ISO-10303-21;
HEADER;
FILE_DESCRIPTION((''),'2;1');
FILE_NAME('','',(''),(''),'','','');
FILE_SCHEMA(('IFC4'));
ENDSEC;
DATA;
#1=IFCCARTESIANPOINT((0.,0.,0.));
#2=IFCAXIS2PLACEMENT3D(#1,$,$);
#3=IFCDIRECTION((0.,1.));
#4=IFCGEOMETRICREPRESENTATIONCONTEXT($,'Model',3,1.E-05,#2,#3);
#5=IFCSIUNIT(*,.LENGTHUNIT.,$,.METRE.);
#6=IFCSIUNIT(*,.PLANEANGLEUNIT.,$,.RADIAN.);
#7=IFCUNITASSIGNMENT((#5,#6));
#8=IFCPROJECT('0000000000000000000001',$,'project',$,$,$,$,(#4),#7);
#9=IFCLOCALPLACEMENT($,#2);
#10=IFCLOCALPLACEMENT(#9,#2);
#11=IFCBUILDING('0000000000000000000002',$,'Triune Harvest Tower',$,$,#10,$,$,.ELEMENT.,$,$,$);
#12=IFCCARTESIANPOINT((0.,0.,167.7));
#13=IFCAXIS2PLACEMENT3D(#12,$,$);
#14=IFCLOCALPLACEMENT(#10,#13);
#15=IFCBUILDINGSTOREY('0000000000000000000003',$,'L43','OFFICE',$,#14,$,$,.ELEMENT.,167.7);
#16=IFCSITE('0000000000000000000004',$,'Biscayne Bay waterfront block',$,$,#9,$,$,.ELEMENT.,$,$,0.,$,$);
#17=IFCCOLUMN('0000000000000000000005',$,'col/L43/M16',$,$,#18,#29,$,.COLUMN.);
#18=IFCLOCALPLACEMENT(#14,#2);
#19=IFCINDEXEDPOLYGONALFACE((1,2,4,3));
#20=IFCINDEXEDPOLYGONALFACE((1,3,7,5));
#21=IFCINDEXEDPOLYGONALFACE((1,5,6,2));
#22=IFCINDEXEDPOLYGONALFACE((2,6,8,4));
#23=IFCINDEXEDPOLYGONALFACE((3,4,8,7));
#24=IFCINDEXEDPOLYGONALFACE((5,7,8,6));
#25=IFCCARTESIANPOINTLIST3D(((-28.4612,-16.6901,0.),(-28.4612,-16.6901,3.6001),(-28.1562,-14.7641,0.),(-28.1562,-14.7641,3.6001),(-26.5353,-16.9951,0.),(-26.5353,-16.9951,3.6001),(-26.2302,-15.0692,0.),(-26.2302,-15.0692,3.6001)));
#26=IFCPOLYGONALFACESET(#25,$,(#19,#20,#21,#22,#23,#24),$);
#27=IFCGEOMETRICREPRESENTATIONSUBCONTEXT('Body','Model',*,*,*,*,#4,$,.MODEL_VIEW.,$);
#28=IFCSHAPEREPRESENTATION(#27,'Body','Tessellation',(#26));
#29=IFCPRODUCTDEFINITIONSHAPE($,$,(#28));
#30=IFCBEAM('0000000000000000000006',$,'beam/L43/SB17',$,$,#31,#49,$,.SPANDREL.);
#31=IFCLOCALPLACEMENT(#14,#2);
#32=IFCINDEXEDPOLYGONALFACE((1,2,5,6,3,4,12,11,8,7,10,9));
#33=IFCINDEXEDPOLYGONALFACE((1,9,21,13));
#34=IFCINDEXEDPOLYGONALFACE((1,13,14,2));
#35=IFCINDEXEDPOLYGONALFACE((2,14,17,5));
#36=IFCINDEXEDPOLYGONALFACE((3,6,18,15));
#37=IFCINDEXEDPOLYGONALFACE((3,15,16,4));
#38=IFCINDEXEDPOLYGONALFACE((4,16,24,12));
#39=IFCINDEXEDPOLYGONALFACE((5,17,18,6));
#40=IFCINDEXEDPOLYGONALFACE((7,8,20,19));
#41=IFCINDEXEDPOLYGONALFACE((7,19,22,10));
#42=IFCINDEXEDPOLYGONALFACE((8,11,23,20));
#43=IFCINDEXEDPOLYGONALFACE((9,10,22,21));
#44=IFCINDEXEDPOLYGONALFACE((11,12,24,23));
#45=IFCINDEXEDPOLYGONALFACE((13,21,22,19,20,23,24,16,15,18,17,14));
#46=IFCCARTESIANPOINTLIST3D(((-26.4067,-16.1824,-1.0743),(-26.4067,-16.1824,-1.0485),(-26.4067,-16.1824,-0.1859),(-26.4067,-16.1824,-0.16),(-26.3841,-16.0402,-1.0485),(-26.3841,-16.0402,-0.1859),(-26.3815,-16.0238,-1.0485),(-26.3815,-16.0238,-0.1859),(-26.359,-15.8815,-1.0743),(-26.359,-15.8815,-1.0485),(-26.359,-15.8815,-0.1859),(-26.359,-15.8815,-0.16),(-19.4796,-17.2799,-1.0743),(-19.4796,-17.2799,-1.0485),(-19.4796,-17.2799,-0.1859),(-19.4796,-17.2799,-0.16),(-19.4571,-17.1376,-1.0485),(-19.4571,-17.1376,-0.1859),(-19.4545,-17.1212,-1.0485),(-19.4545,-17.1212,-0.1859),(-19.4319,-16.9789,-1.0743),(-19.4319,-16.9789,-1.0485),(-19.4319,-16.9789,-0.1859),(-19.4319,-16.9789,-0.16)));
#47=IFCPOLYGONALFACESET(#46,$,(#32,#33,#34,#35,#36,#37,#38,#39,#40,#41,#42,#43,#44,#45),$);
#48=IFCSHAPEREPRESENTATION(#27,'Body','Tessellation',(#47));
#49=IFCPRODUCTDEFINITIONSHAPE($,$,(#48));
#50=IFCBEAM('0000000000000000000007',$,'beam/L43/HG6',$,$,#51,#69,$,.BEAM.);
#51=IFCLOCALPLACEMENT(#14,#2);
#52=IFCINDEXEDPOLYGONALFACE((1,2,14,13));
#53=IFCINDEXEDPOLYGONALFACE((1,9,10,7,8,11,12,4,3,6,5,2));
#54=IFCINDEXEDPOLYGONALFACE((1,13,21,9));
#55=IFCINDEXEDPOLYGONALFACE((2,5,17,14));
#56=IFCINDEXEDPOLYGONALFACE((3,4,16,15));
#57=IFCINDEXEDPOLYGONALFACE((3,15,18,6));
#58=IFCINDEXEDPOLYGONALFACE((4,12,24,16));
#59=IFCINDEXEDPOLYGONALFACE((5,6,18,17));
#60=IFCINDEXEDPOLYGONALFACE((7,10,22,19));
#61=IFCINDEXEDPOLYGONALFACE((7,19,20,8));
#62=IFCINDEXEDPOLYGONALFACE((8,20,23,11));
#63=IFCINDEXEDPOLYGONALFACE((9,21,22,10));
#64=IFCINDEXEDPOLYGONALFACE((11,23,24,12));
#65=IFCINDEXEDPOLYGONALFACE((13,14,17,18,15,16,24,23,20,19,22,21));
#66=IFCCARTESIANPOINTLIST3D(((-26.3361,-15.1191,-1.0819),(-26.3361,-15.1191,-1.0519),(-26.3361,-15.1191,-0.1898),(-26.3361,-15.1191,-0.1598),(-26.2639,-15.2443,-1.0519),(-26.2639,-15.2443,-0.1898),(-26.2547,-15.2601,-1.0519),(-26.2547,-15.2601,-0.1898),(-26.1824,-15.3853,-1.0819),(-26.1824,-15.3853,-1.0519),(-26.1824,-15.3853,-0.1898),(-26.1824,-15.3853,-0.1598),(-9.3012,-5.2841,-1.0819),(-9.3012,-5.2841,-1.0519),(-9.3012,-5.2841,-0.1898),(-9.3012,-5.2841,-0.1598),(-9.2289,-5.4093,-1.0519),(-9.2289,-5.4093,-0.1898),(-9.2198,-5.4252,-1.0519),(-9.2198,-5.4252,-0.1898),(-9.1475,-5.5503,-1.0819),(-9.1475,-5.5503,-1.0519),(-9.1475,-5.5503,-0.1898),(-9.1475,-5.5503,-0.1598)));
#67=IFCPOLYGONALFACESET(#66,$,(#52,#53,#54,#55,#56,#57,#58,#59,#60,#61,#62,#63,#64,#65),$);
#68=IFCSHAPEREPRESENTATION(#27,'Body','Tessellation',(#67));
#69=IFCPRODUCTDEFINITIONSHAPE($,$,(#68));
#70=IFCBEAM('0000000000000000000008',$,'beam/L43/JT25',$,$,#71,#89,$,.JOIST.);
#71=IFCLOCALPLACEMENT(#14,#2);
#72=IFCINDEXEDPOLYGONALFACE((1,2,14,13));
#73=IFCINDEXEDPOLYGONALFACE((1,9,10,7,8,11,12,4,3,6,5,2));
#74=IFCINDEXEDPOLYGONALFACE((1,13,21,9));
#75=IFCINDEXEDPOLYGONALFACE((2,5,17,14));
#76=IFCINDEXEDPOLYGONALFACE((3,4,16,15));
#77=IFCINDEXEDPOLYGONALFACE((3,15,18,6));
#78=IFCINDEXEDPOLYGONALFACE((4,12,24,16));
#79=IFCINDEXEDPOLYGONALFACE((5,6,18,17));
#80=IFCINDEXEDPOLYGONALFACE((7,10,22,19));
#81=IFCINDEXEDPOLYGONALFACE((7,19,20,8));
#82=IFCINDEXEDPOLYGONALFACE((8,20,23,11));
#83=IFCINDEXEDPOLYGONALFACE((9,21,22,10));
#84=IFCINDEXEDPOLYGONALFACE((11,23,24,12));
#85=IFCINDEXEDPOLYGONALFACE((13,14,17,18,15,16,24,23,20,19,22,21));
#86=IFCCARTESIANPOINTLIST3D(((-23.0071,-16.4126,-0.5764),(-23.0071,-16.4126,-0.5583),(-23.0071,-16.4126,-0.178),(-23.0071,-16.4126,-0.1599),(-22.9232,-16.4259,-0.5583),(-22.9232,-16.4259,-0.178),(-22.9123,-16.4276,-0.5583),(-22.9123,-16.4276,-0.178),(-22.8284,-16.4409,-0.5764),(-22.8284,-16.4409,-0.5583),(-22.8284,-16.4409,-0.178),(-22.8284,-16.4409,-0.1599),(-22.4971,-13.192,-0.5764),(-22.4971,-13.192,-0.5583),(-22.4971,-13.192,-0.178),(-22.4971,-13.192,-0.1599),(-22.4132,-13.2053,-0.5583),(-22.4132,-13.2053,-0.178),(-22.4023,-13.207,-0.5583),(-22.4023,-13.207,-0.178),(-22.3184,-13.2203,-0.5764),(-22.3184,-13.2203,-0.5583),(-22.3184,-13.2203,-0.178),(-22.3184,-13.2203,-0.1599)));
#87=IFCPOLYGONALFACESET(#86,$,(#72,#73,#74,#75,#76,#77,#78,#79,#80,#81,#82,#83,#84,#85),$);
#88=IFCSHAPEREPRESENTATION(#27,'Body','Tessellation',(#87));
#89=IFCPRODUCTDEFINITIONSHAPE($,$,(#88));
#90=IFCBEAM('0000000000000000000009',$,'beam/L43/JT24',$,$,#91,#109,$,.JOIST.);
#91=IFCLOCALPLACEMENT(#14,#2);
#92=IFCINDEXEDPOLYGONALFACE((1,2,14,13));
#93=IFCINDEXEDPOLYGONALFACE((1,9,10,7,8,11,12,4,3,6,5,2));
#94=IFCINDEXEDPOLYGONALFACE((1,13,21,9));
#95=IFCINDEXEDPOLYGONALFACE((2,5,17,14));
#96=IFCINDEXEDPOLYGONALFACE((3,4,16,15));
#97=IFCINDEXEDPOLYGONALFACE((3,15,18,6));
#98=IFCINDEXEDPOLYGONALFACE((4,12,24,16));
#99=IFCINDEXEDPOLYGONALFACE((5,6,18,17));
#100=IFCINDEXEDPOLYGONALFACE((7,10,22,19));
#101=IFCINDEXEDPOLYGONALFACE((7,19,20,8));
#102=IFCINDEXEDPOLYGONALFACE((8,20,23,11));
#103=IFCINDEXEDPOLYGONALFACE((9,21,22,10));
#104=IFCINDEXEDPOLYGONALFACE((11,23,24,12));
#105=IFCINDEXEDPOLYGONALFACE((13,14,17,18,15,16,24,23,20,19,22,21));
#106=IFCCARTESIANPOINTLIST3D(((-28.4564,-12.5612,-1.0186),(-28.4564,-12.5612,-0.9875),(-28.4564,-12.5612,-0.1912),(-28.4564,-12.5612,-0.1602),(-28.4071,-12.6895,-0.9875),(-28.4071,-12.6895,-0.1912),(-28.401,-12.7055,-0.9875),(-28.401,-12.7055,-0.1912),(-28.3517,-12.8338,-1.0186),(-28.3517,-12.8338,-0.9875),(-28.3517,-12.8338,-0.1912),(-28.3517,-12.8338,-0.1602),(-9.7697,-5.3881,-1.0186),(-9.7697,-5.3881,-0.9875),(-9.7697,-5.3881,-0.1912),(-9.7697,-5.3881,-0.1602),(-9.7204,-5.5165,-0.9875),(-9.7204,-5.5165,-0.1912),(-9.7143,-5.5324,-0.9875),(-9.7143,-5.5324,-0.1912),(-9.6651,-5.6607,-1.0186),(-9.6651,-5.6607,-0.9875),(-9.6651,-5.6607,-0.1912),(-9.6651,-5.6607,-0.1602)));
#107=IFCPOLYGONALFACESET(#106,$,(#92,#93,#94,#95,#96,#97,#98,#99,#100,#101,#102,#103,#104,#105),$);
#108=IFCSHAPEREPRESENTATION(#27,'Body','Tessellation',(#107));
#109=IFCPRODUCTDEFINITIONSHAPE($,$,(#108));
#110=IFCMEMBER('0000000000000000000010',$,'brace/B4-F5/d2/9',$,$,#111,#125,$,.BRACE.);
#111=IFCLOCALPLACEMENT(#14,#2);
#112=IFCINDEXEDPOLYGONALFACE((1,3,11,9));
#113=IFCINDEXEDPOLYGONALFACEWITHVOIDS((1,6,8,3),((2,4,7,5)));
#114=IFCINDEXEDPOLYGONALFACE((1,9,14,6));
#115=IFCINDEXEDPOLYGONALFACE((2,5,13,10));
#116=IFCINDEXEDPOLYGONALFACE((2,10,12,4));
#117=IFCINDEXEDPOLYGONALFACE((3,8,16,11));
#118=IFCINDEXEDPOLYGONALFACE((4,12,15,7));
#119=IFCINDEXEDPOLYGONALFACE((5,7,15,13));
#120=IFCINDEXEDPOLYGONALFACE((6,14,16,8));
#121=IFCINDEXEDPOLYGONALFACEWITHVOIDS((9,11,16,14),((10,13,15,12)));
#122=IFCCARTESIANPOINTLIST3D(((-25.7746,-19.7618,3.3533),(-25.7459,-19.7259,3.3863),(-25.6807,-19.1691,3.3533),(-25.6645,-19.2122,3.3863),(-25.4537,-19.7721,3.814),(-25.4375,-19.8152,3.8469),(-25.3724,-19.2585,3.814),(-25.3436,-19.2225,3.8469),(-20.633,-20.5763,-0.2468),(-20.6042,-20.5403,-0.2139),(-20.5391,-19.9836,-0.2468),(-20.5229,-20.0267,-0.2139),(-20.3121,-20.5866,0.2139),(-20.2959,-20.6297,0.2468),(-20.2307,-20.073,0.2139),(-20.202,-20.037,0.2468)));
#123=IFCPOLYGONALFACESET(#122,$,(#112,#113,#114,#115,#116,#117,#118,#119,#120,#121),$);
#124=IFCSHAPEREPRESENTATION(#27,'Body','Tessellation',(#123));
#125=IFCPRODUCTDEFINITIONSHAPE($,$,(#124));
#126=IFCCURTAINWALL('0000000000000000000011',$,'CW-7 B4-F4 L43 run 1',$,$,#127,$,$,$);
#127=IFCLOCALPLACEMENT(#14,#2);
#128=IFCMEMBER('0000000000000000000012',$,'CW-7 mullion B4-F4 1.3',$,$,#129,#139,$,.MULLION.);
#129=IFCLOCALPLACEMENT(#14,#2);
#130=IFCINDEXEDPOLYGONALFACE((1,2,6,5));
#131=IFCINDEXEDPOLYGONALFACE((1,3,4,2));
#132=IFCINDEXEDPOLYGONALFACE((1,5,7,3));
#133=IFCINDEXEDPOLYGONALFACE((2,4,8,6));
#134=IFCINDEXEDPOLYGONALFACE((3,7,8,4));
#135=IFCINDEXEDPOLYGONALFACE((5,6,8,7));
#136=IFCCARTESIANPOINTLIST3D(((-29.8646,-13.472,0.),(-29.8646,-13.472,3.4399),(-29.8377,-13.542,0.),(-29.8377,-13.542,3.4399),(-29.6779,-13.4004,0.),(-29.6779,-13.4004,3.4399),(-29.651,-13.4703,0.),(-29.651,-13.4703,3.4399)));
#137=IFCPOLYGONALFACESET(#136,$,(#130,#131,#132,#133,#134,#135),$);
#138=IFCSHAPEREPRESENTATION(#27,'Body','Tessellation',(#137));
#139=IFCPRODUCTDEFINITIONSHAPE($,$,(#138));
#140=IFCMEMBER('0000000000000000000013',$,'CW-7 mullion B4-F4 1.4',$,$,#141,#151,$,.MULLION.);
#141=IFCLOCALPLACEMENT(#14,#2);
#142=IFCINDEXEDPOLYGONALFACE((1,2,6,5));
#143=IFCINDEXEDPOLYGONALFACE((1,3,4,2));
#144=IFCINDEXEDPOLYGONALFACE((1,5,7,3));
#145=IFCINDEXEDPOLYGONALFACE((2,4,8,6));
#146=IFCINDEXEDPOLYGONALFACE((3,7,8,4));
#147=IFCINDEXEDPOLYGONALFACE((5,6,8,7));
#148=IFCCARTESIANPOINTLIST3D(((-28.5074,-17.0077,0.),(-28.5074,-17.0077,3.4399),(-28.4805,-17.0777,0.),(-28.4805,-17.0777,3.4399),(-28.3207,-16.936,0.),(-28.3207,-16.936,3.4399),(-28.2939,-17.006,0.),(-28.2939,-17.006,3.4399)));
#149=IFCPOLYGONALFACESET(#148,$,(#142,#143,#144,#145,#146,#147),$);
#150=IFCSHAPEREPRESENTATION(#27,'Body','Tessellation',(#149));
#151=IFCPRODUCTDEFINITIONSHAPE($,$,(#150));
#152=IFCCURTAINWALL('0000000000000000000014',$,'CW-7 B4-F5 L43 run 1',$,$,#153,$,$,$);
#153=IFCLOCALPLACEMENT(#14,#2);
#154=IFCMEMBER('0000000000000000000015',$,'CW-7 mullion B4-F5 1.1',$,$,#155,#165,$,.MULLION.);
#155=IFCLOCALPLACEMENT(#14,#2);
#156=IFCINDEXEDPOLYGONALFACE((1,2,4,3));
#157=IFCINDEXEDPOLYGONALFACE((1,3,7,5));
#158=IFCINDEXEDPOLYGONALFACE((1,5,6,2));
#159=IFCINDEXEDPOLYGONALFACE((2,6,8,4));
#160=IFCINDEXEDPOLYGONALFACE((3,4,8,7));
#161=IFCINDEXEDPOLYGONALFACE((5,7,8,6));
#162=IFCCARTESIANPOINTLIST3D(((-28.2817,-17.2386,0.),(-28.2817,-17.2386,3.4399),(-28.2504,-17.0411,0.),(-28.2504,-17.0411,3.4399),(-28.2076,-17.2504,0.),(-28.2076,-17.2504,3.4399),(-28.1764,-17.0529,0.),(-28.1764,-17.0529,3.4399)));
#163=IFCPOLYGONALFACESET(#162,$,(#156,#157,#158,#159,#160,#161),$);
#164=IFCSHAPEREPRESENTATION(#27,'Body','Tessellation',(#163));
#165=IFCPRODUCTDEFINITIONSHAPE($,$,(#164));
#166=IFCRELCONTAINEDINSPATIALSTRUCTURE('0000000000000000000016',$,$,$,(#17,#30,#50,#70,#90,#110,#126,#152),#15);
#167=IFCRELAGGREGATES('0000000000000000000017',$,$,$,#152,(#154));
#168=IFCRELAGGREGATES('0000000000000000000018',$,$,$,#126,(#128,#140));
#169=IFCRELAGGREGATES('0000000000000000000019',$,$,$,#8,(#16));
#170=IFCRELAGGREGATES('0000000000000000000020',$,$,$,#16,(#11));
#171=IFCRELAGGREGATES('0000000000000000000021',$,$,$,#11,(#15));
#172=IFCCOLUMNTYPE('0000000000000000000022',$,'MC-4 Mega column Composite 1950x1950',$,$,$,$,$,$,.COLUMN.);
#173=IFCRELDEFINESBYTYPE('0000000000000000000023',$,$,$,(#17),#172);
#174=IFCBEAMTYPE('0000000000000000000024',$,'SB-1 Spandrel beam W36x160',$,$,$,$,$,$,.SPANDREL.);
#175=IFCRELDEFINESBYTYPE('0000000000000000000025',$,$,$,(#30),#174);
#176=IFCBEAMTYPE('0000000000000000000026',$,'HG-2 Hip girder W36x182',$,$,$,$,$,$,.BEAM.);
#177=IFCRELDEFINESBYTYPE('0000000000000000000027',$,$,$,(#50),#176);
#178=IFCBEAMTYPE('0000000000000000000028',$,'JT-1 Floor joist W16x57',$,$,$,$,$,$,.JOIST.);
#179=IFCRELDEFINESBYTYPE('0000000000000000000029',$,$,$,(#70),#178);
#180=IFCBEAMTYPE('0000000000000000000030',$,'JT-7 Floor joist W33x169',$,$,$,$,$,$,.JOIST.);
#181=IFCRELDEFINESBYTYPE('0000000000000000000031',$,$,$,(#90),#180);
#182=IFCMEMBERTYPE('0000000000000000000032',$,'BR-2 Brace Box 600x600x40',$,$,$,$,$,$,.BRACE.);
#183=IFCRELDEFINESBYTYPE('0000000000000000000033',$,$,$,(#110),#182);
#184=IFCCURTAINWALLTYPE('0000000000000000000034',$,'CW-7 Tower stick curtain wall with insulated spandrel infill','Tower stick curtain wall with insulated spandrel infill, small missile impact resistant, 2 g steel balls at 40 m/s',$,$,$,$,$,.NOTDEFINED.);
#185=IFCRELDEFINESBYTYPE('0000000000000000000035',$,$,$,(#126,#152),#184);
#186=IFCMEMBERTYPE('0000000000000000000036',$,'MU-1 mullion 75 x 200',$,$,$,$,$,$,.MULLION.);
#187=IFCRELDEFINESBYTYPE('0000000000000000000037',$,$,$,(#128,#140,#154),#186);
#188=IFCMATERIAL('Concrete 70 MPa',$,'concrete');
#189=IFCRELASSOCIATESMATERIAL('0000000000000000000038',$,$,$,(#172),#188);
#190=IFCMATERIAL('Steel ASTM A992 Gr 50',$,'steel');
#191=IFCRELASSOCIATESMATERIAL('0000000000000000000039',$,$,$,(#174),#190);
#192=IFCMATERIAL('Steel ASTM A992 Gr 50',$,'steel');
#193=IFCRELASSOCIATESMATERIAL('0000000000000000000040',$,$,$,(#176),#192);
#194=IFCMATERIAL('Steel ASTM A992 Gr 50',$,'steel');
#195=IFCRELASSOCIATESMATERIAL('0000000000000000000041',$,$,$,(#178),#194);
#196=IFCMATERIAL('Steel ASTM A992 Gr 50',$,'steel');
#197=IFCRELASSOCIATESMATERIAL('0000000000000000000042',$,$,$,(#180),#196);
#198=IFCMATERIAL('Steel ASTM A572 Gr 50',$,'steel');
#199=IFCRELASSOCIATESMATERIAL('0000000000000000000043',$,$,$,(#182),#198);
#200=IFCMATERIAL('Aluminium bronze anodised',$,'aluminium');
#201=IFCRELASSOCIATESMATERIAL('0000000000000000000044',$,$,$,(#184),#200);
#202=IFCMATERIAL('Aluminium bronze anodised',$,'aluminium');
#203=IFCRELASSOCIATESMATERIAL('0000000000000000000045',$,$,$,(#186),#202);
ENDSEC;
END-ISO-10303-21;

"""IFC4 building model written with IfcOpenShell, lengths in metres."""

from ifc_helpers import new_model, si_unit, direction, frame, origin, origin_2d, place, context, subcontext, project, spatial, rectangle, hollow_rectangle, i_section, extrude, source, transform, mapped, material, material_profile, profile_set, type_object, element, aggregate, save


model = new_model("IFC4")

# Units and contexts
model_context = context("Model", 3, precision=1e-05, world=origin(), true_north=direction((0.0, 1.0)))
body_context = subcontext(model_context, "Body", "Model", "MODEL_VIEW")
ifc_project = project(units=[si_unit("LENGTHUNIT", "METRE"), si_unit("PLANEANGLEUNIT", "RADIAN")], contexts=[model_context])

# Site, building, storey
site_placement = place(None, origin())
site = spatial("IfcSite", under=ifc_project, at=site_placement, Name="Biscayne Bay waterfront block", CompositionType="ELEMENT", RefElevation=0.0)
building_placement = place(site_placement, origin())
building = spatial("IfcBuilding", under=site, at=building_placement, Name="Triune Harvest Tower", CompositionType="ELEMENT")
storey_placement = place(building_placement, frame((0.0, 0.0, 167.7)))
storey = spatial("IfcBuildingStorey", under=building, at=storey_placement, Name="L43", Description="OFFICE", CompositionType="ELEMENT", Elevation=167.7)

# Column
ifc_material_1 = material(Name="Concrete 70 MPa", Category="concrete")
ifc_material_profile_1 = material_profile(ifc_material_1, rectangle(XDim=1.95, YDim=1.95, at=origin_2d()), Name="Composite 1950x1950")
ifc_profile_set_1 = profile_set([ifc_material_profile_1], Name="Concrete 70 MPa")
column_type = type_object("IfcColumnType", Name="MC-4 Mega column Composite 1950x1950", PredefinedType="COLUMN", material=ifc_profile_set_1)
shared_shape_1 = source(origin(), body_context, "Body", "SweptSolid", [
    extrude(rectangle(XDim=1.95, YDim=1.95, at=origin_2d()), origin(), (0.0, 0.0, 1.0), 3.6001),
])
column_placement = place(storey_placement, frame((-27.3457, -15.8796, 0.0), z_axis=(0.0, 0.0, 1.0), x_axis=(0.987688, -0.156434, 0.0)))
element("IfcColumn", 1, at=column_placement, inside=storey, type_object=column_type, Name="col/L43/M16", PredefinedType="COLUMN", context=body_context, shape_type="MappedRepresentation", body=[
    mapped(shared_shape_1, transform((0.0, 0.0, 0.0), scale=1.0)),
])

# Beams
ifc_material_2 = material(Name="Steel ASTM A992 Gr 50", Category="steel")
ifc_material_profile_2 = material_profile(ifc_material_2, i_section(OverallWidth=0.3047, OverallDepth=0.9143, WebThickness=0.0166, FlangeThickness=0.0259, at=origin_2d()), Name="W36x160")
ifc_profile_set_2 = profile_set([ifc_material_profile_2], Name="Steel ASTM A992 Gr 50")
beam_type_1 = type_object("IfcBeamType", Name="SB-1 Spandrel beam W36x160", PredefinedType="SPANDREL", material=ifc_profile_set_2)
shared_shape_2 = source(origin(), body_context, "Body", "SweptSolid", [
    extrude(i_section(OverallWidth=0.3047, OverallDepth=0.9143, WebThickness=0.0166, FlangeThickness=0.0259, at=origin_2d()), origin(), (0.0, 0.0, 1.0), 7.0134),
])
beam_1_placement = place(storey_placement, frame((-26.3828, -16.032, -0.6172), z_axis=(0.987682, -0.156474, 0.0), x_axis=(0.156474, 0.987682, 0.0)))
element("IfcBeam", 2, at=beam_1_placement, inside=storey, type_object=beam_type_1, Name="beam/L43/SB17", PredefinedType="SPANDREL", context=body_context, shape_type="MappedRepresentation", body=[
    mapped(shared_shape_2, transform((0.0, 0.0, 0.0), scale=1.0)),
])
ifc_material_3 = material(Name="Steel ASTM A992 Gr 50", Category="steel")
ifc_material_profile_3 = material_profile(ifc_material_3, i_section(OverallWidth=0.3074, OverallDepth=0.9221, WebThickness=0.0183, FlangeThickness=0.03, at=origin_2d()), Name="W36x182")
ifc_profile_set_3 = profile_set([ifc_material_profile_3], Name="Steel ASTM A992 Gr 50")
beam_type_2 = type_object("IfcBeamType", Name="HG-2 Hip girder W36x182", PredefinedType="BEAM", material=ifc_profile_set_3)
shared_shape_3 = source(origin(), body_context, "Body", "SweptSolid", [
    extrude(i_section(OverallWidth=0.3074, OverallDepth=0.9221, WebThickness=0.0183, FlangeThickness=0.03, at=origin_2d()), origin(), (0.0, 0.0, 1.0), 19.6702),
])
beam_2_placement = place(storey_placement, frame((-26.2593, -15.2522, -0.6208), z_axis=(0.866029, 0.499994, 0.0), x_axis=(-0.499994, 0.866029, 0.0)))
element("IfcBeam", 3, at=beam_2_placement, inside=storey, type_object=beam_type_2, Name="beam/L43/HG6", PredefinedType="BEAM", context=body_context, shape_type="MappedRepresentation", body=[
    mapped(shared_shape_3, transform((0.0, 0.0, 0.0), scale=1.0)),
])
ifc_material_4 = material(Name="Steel ASTM A992 Gr 50", Category="steel")
ifc_material_profile_4 = material_profile(ifc_material_4, i_section(OverallWidth=0.1809, OverallDepth=0.4165, WebThickness=0.011, FlangeThickness=0.0181, at=origin_2d()), Name="W16x57")
ifc_profile_set_4 = profile_set([ifc_material_profile_4], Name="Steel ASTM A992 Gr 50")
beam_type_3 = type_object("IfcBeamType", Name="JT-1 Floor joist W16x57", PredefinedType="JOIST", material=ifc_profile_set_4)
shared_shape_4 = source(origin(), body_context, "Body", "SweptSolid", [
    extrude(i_section(OverallWidth=0.1809, OverallDepth=0.4165, WebThickness=0.011, FlangeThickness=0.0181, at=origin_2d()), origin(), (0.0, 0.0, 1.0), 3.2607),
])
beam_3_placement = place(storey_placement, frame((-22.9177, -16.4268, -0.3682), z_axis=(0.156405, 0.987693, 0.0), x_axis=(-0.987693, 0.156405, 0.0)))
element("IfcBeam", 4, at=beam_3_placement, inside=storey, type_object=beam_type_3, Name="beam/L43/JT25", PredefinedType="JOIST", context=body_context, shape_type="MappedRepresentation", body=[
    mapped(shared_shape_4, transform((0.0, 0.0, 0.0), scale=1.0)),
])
ifc_material_5 = material(Name="Steel ASTM A992 Gr 50", Category="steel")
ifc_material_profile_5 = material_profile(ifc_material_5, i_section(OverallWidth=0.292, OverallDepth=0.8584, WebThickness=0.0171, FlangeThickness=0.031, at=origin_2d()), Name="W33x169")
ifc_profile_set_5 = profile_set([ifc_material_profile_5], Name="Steel ASTM A992 Gr 50")
beam_type_4 = type_object("IfcBeamType", Name="JT-7 Floor joist W33x169", PredefinedType="JOIST", material=ifc_profile_set_5)
shared_shape_5 = source(origin(), body_context, "Body", "SweptSolid", [
    extrude(i_section(OverallWidth=0.292, OverallDepth=0.8584, WebThickness=0.0171, FlangeThickness=0.031, at=origin_2d()), origin(), (0.0, 0.0, 1.0), 20.0161),
])
beam_4_placement = place(storey_placement, frame((-28.4041, -12.6975, -0.5894), z_axis=(0.933582, 0.358364, 0.0), x_axis=(-0.358364, 0.933582, 0.0)))
element("IfcBeam", 5, at=beam_4_placement, inside=storey, type_object=beam_type_4, Name="beam/L43/JT24", PredefinedType="JOIST", context=body_context, shape_type="MappedRepresentation", body=[
    mapped(shared_shape_5, transform((0.0, 0.0, 0.0), scale=1.0)),
])

# Member
ifc_material_6 = material(Name="Steel ASTM A572 Gr 50", Category="steel")
ifc_material_profile_6 = material_profile(ifc_material_6, hollow_rectangle(XDim=0.6001, YDim=0.6001, WallThickness=0.04, at=origin_2d()), Name="Box 600x600x40")
ifc_profile_set_6 = profile_set([ifc_material_profile_6], Name="Steel ASTM A572 Gr 50")
member_type_1 = type_object("IfcMemberType", Name="BR-2 Brace Box 600x600x40", PredefinedType="BRACE", material=ifc_profile_set_6)
shared_shape_6 = source(origin(), body_context, "Body", "SweptSolid", [
    extrude(hollow_rectangle(XDim=0.6001, YDim=0.6001, WallThickness=0.04, at=origin_2d()), origin(), (0.0, 0.0, 1.0), 6.3293),
])
member_1_placement = place(storey_placement, frame((-20.4175, -20.3066, 0.0), z_axis=(-0.812349, 0.12868, 0.568798), x_axis=(-0.156454, -0.987685, 0.0)))
element("IfcMember", 6, at=member_1_placement, inside=storey, type_object=member_type_1, Name="brace/B4-F5/d2/9", PredefinedType="BRACE", context=body_context, shape_type="MappedRepresentation", body=[
    mapped(shared_shape_6, transform((0.0, 0.0, 0.0), scale=1.0)),
])

# Curtain wall, members
ifc_material_7 = material(Name="Aluminium bronze anodised", Category="aluminium")
curtain_wall_type = type_object("IfcCurtainWallType", Name="CW-7 Tower stick curtain wall with insulated spandrel infill", Description="Tower stick curtain wall with insulated spandrel infill, small missile impact resistant, 2 g steel balls at 40 m/s", PredefinedType="NOTDEFINED", material=ifc_material_7)
curtain_wall_1_placement = place(storey_placement, origin())
curtain_wall_1 = element("IfcCurtainWall", 7, at=curtain_wall_1_placement, inside=storey, type_object=curtain_wall_type, Name="CW-7 B4-F4 L43 run 1")
ifc_material_8 = material(Name="Aluminium bronze anodised", Category="aluminium")
ifc_material_profile_7 = material_profile(ifc_material_8, rectangle(XDim=0.2, YDim=0.075, at=origin_2d()), Name="MU-1 mullion 75 x 200")
ifc_profile_set_7 = profile_set([ifc_material_profile_7], Name="Aluminium bronze anodised")
member_type_2 = type_object("IfcMemberType", Name="MU-1 mullion 75 x 200", PredefinedType="MULLION", material=ifc_profile_set_7)
shared_shape_7 = source(origin(), body_context, "Body", "SweptSolid", [
    extrude(rectangle(XDim=0.2, YDim=0.075, at=origin_2d()), origin(), (0.0, 0.0, 1.0), 3.4399),
])
member_2_placement = place(storey_placement, frame((-29.7578, -13.4712, 0.0), z_axis=(0.0, 0.0, 1.0), x_axis=(0.93358, 0.358369, 0.0)))
member_2 = element("IfcMember", 8, at=member_2_placement, type_object=member_type_2, Name="CW-7 mullion B4-F4 1.3", PredefinedType="MULLION", context=body_context, shape_type="MappedRepresentation", body=[
    mapped(shared_shape_7, transform((0.0, 0.0, 0.0), scale=1.0)),
])
member_3_placement = place(storey_placement, frame((-28.4006, -17.0068, 0.0), z_axis=(0.0, 0.0, 1.0), x_axis=(0.93358, 0.358369, 0.0)))
member_3 = element("IfcMember", 9, at=member_3_placement, type_object=member_type_2, Name="CW-7 mullion B4-F4 1.4", PredefinedType="MULLION", context=body_context, shape_type="MappedRepresentation", body=[
    mapped(shared_shape_7, transform((0.0, 0.0, 0.0), scale=1.0)),
])

# Curtain wall, member
curtain_wall_2_placement = place(storey_placement, origin())
curtain_wall_2 = element("IfcCurtainWall", 10, at=curtain_wall_2_placement, inside=storey, type_object=curtain_wall_type, Name="CW-7 B4-F5 L43 run 1")
member_4_placement = place(storey_placement, frame((-28.229, -17.1458, 0.0), z_axis=(0.0, 0.0, 1.0), x_axis=(0.156435, 0.987688, 0.0)))
member_4 = element("IfcMember", 11, at=member_4_placement, type_object=member_type_2, Name="CW-7 mullion B4-F5 1.1", PredefinedType="MULLION", context=body_context, shape_type="MappedRepresentation", body=[
    mapped(shared_shape_7, transform((0.0, 0.0, 0.0), scale=1.0)),
])

aggregate(curtain_wall_2, [member_4])
aggregate(curtain_wall_1, [member_2, member_3])

save(model, "model.ifc")
